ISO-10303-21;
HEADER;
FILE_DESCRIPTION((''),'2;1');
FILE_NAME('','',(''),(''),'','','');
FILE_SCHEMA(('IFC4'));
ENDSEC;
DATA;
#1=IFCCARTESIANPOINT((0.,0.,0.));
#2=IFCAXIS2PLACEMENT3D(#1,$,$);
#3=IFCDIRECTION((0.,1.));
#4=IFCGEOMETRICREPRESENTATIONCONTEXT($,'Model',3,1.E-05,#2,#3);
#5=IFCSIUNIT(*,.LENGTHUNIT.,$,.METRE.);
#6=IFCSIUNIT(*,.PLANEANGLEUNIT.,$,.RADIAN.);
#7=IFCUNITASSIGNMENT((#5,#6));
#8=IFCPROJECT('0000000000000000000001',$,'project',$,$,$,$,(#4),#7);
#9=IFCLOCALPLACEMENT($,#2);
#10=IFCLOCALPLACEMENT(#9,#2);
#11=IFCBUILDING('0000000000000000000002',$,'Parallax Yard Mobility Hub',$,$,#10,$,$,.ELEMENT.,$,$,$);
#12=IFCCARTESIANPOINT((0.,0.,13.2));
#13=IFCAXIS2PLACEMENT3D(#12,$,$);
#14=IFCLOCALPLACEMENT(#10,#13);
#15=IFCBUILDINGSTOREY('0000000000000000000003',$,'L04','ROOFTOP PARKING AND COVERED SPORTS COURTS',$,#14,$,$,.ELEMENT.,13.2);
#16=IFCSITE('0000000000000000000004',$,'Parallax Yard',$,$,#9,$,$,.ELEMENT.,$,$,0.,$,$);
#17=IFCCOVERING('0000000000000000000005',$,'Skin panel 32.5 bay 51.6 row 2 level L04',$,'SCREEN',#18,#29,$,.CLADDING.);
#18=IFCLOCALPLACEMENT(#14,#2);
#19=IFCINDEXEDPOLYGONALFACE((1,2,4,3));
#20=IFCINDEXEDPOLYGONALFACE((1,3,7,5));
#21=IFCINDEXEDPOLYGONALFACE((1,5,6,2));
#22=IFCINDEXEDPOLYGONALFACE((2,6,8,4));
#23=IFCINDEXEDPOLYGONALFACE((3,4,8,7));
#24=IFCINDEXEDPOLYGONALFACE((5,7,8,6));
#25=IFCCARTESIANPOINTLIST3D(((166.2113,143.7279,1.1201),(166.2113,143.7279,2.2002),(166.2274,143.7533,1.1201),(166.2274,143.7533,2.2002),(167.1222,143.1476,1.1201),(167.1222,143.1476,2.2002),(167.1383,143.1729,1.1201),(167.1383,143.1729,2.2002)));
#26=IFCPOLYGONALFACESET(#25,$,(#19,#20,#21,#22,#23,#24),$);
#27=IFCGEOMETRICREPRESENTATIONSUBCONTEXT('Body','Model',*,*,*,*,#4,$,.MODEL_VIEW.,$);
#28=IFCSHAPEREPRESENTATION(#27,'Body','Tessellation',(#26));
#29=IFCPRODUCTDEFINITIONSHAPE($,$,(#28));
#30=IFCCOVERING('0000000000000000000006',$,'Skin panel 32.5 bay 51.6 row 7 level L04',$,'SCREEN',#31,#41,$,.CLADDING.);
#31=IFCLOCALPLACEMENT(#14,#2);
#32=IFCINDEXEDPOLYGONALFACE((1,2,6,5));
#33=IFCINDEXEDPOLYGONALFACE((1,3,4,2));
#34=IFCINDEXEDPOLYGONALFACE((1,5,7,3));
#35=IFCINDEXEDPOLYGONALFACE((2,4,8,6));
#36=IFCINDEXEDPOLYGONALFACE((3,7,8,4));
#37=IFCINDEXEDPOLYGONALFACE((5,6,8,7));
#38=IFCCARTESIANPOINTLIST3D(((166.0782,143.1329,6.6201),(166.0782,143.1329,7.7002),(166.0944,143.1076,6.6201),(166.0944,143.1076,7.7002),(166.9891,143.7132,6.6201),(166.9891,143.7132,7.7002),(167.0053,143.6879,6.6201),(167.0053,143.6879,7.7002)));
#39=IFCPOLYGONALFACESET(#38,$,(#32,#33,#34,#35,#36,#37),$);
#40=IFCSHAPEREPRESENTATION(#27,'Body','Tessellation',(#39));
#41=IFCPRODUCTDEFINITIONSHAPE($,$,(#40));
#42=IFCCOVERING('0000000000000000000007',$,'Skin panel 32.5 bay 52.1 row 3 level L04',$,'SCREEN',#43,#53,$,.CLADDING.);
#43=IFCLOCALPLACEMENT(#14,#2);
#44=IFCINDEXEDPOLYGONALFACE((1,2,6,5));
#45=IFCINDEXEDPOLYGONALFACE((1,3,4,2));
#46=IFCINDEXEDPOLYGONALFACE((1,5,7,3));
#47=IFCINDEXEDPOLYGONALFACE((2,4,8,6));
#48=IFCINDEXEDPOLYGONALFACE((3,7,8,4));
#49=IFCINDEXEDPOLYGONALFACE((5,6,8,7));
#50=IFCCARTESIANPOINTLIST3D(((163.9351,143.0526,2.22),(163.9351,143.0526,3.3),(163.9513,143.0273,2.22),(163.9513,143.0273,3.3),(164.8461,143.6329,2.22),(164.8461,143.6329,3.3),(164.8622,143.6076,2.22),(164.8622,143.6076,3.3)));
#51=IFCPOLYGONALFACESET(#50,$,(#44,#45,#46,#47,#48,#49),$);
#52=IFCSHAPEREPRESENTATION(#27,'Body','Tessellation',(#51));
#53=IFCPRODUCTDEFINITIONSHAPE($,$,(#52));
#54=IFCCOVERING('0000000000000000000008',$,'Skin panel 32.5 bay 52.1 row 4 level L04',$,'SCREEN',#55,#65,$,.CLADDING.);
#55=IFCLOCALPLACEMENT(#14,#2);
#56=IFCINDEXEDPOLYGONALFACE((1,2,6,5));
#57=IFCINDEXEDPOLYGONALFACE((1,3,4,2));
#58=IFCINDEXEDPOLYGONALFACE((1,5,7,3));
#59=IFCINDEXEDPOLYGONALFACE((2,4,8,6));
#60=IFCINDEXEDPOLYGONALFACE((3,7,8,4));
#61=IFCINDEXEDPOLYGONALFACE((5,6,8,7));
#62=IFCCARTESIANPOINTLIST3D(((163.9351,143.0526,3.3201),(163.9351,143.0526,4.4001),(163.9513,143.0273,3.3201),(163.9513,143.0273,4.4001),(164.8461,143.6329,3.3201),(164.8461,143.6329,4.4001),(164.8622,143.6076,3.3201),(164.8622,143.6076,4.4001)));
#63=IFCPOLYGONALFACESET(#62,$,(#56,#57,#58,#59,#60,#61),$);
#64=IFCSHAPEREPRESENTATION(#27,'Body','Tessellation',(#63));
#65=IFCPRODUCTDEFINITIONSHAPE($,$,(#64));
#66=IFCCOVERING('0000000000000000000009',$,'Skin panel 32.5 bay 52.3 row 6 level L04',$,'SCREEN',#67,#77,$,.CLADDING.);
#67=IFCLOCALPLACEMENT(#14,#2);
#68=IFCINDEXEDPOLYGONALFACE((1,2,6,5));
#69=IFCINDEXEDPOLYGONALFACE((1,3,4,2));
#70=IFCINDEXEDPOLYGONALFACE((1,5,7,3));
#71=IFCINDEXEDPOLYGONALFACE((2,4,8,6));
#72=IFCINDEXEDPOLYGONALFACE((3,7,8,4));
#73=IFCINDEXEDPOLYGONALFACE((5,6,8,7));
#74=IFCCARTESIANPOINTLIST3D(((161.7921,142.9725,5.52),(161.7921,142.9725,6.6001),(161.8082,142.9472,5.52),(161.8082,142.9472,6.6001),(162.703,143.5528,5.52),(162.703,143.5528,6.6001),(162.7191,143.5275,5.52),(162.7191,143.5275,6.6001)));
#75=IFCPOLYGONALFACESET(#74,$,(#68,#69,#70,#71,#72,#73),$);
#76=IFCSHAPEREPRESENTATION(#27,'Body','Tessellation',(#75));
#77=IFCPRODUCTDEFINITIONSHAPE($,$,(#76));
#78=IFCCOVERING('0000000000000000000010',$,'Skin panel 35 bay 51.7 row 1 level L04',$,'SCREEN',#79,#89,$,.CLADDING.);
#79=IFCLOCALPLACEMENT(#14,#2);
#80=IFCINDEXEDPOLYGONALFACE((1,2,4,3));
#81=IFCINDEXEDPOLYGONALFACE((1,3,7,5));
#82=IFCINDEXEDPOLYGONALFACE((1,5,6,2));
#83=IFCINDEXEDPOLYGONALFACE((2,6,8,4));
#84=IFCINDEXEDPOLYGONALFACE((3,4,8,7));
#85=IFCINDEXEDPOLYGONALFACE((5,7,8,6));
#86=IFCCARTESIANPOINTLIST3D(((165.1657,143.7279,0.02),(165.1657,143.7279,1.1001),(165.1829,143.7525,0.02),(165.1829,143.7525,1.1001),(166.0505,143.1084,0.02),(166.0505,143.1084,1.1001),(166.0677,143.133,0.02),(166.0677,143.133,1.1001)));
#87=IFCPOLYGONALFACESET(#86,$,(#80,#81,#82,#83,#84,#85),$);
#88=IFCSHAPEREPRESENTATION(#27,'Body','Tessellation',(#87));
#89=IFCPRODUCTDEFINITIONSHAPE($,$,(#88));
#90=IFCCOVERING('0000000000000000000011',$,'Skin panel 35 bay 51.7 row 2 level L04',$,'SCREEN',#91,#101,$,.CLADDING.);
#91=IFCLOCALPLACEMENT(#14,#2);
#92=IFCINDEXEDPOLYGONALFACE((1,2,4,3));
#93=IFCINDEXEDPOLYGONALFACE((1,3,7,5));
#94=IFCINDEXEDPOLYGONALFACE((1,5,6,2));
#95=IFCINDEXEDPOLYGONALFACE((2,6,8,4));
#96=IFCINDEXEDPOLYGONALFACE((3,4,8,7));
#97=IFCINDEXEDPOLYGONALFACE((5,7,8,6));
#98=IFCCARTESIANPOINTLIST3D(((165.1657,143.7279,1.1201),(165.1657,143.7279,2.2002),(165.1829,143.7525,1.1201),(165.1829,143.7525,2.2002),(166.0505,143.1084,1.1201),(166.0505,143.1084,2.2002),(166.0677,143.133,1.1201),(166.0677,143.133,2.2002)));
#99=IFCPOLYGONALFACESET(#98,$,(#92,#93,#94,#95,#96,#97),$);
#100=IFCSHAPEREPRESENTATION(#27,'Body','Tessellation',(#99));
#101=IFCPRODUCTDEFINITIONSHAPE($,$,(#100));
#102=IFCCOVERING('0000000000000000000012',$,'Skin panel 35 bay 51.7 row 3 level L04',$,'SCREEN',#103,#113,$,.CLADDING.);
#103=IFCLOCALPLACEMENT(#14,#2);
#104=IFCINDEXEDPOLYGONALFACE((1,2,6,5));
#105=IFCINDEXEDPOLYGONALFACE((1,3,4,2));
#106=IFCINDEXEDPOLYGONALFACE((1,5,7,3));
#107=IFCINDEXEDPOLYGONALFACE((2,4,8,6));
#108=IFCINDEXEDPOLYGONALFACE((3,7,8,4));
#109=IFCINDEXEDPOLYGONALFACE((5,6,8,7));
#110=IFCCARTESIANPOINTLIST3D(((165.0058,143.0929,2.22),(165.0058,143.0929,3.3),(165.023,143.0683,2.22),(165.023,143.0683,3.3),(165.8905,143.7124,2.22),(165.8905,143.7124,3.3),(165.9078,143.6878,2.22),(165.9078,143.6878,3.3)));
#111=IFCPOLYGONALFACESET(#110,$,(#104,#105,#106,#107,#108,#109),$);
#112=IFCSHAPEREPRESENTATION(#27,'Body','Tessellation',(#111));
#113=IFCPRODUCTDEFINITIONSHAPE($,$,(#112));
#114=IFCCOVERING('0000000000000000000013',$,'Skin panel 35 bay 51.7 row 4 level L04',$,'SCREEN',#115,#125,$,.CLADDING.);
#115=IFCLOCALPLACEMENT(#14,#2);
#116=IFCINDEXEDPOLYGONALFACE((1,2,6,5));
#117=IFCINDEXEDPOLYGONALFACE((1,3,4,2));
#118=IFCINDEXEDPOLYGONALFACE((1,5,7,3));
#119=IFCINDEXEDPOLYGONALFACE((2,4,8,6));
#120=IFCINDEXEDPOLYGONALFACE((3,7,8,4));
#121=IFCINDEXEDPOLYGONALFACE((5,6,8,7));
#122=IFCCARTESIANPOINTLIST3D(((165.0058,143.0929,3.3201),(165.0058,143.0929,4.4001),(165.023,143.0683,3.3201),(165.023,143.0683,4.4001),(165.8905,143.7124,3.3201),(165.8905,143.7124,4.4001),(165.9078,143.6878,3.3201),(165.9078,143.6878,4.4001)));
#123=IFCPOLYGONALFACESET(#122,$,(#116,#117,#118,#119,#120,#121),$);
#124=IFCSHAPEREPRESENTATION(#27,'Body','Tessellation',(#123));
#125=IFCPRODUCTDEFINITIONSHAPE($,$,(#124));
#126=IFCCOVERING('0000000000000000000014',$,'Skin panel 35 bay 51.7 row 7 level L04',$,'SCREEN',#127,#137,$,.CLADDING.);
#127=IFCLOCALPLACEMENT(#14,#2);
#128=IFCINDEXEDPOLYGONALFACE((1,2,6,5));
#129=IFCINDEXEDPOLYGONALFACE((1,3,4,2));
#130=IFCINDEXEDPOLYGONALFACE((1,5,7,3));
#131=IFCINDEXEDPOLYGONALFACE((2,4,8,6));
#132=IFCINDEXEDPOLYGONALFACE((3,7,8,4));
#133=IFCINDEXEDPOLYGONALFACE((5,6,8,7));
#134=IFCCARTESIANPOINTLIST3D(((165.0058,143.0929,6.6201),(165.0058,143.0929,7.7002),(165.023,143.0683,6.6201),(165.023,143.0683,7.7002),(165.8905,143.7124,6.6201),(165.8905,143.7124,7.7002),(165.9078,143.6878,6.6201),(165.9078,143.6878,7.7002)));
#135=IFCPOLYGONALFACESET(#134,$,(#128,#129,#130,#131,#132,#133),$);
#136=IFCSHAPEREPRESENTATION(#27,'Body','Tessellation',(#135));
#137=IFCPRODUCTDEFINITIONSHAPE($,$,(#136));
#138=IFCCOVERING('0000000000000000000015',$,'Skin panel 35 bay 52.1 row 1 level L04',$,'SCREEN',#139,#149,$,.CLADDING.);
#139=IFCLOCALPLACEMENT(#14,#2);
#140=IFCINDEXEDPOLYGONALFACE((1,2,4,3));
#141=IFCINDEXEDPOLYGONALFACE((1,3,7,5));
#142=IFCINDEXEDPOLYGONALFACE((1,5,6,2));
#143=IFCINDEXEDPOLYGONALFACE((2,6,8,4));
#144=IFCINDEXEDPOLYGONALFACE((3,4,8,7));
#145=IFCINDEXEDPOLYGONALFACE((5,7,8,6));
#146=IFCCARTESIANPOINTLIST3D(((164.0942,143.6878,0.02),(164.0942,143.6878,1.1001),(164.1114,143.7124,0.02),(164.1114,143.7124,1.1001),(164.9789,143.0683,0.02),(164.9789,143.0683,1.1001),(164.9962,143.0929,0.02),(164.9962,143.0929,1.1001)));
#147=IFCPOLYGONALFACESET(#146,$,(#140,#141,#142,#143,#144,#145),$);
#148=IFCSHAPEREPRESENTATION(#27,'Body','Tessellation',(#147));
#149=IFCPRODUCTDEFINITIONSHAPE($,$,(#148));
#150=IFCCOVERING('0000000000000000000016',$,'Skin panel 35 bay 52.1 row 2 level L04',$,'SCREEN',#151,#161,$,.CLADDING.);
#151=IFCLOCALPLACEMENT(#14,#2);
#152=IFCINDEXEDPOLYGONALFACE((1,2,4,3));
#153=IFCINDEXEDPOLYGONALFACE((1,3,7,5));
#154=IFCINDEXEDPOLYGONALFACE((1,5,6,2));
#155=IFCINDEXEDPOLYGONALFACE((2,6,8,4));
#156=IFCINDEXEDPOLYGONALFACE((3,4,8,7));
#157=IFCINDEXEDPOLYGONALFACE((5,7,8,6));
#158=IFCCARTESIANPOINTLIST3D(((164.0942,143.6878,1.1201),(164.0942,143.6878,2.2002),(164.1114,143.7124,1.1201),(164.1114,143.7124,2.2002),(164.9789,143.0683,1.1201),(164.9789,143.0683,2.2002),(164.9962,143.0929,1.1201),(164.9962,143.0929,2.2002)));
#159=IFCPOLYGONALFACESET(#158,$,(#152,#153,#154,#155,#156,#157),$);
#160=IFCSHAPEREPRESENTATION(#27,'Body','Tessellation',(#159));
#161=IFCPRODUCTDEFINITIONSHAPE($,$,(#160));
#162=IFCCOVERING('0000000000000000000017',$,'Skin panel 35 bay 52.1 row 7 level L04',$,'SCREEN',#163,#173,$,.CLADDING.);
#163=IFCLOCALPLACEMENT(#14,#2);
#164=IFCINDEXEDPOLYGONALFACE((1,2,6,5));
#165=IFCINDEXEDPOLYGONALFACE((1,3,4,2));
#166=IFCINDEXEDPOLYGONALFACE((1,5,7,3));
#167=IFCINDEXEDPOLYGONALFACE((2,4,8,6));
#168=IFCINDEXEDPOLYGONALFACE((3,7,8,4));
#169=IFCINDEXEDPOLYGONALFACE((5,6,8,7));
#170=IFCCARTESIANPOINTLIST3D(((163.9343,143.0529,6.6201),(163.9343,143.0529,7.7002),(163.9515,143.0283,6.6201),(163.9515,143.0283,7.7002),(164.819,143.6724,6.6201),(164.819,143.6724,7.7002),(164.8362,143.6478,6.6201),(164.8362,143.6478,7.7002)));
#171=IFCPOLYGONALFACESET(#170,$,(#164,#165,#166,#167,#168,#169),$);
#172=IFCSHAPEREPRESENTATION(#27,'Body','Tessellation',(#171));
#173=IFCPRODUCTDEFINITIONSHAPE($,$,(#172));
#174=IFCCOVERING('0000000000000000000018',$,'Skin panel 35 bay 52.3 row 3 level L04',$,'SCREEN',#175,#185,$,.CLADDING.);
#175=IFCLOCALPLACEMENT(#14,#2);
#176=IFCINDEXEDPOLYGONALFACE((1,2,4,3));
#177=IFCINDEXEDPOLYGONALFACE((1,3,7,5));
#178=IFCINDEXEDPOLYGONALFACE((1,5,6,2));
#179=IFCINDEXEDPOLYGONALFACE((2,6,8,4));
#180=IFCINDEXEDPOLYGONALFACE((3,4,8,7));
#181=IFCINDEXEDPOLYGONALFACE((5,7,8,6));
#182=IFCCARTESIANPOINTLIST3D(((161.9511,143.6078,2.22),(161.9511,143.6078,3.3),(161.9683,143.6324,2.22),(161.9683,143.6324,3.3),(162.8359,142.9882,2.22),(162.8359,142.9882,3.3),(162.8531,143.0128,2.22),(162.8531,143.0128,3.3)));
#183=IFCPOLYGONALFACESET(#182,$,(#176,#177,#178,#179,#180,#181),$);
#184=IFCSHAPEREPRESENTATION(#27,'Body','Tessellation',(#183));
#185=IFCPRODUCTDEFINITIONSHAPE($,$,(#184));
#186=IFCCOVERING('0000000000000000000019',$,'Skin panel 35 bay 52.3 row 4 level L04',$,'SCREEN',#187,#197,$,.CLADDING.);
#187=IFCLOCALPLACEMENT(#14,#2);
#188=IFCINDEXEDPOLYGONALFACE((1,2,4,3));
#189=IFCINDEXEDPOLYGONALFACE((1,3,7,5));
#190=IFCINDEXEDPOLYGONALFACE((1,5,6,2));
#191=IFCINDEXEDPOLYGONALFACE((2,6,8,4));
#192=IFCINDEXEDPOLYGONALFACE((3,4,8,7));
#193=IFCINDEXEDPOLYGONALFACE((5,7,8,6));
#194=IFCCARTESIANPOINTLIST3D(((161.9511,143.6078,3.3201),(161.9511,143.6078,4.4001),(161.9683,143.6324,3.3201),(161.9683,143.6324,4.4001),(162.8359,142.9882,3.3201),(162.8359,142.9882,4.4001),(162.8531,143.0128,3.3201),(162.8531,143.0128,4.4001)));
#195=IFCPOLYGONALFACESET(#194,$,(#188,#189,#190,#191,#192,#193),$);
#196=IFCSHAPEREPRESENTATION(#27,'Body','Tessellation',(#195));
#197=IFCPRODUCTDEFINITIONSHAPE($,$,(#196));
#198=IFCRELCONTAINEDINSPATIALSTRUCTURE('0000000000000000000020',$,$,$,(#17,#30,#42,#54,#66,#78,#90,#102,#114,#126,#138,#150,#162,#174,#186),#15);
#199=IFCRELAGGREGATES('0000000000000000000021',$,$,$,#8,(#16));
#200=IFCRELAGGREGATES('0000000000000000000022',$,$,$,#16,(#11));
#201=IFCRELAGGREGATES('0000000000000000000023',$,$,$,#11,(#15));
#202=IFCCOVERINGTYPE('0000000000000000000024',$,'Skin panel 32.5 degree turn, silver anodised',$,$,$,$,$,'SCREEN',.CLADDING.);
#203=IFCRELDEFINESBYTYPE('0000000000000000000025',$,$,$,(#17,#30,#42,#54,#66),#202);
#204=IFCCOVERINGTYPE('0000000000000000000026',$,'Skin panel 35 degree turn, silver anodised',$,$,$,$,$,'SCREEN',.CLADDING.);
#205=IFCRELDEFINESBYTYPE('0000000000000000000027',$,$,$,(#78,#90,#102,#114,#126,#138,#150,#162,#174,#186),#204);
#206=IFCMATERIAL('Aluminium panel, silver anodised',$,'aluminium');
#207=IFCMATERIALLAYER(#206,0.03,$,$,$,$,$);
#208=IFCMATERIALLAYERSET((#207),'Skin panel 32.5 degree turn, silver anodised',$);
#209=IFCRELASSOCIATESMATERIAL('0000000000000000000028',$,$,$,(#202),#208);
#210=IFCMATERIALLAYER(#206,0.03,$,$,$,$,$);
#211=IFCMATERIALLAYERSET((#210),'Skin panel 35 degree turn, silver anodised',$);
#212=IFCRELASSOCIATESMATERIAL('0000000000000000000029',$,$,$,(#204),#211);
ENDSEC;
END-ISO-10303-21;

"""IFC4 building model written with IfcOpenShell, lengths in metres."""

from ifc_helpers import new_model, si_unit, direction, frame, origin, origin_2d, place, context, subcontext, project, spatial, rectangle, extrude, material, layer, layer_set, type_object, element, save


model = new_model("IFC4")

# Units and contexts
model_context = context("Model", 3, precision=1e-05, world=origin(), true_north=direction((0.0, 1.0)))
body_context = subcontext(model_context, "Body", "Model", "MODEL_VIEW")
ifc_project = project(units=[si_unit("LENGTHUNIT", "METRE"), si_unit("PLANEANGLEUNIT", "RADIAN")], contexts=[model_context])

# Site, building, storey
site_placement = place(None, origin())
site = spatial("IfcSite", under=ifc_project, at=site_placement, Name="Parallax Yard", CompositionType="ELEMENT", RefElevation=0.0)
building_placement = place(site_placement, origin())
building = spatial("IfcBuilding", under=site, at=building_placement, Name="Parallax Yard Mobility Hub", CompositionType="ELEMENT")
storey_placement = place(building_placement, frame((0.0, 0.0, 13.2)))
storey = spatial("IfcBuildingStorey", under=building, at=storey_placement, Name="L04", Description="ROOFTOP PARKING AND COVERED SPORTS COURTS", CompositionType="ELEMENT", Elevation=13.2)

# Coverings
ifc_material_1 = material(Name="Aluminium panel, silver anodised", Category="aluminium")
ifc_layer_1 = layer(ifc_material_1, 0.03)
ifc_layer_set_1 = layer_set([ifc_layer_1], Name="Skin panel 32.5 degree turn, silver anodised")
covering_type_1 = type_object("IfcCoveringType", Name="Skin panel 32.5 degree turn, silver anodised", ElementType="SCREEN", PredefinedType="CLADDING", material=ifc_layer_set_1)
for number, where, z_axis, x_axis, name in (
    (1, (166.6748, 143.4504, 1.1201), (0.0, 0.0, 1.0), (-0.843391, 0.5373, 0.0), "Skin panel 32.5 bay 51.6 row 2 level L04"),
    (2, (166.5417, 143.4104, 6.6201), (0.0, 0.0, 1.0), (0.843391, 0.5373, 0.0), "Skin panel 32.5 bay 51.6 row 7 level L04"),
    (3, (164.3987, 143.3301, 2.22), (0.0, 0.0, 1.0), (0.843391, 0.5373, 0.0), "Skin panel 32.5 bay 52.1 row 3 level L04"),
    (4, (164.3987, 143.3301, 3.3201), (0.0, 0.0, 1.0), (0.843391, 0.5373, 0.0), "Skin panel 32.5 bay 52.1 row 4 level L04"),
    (5, (162.2556, 143.25, 5.52), (0.0, 0.0, 1.0), (0.843391, 0.5373, 0.0), "Skin panel 32.5 bay 52.3 row 6 level L04"),
):
    element("IfcCovering", number, at=place(storey_placement, frame(where, z_axis=z_axis, x_axis=x_axis)), inside=storey, type_object=covering_type_1, Name=name, ObjectType="SCREEN", PredefinedType="CLADDING", context=body_context, shape_type="SweptSolid", body=[
        extrude(rectangle(XDim=1.0801, YDim=0.03, at=origin_2d()), origin(), (0.0, 0.0, 1.0), 1.0801),
    ])
ifc_layer_2 = layer(ifc_material_1, 0.03)
ifc_layer_set_2 = layer_set([ifc_layer_2], Name="Skin panel 35 degree turn, silver anodised")
covering_type_2 = type_object("IfcCoveringType", Name="Skin panel 35 degree turn, silver anodised", ElementType="SCREEN", PredefinedType="CLADDING", material=ifc_layer_set_2)
for number, where, z_axis, x_axis, name in (
    (6, (165.6167, 143.4304, 0.02), (0.0, 0.0, 1.0), (-0.819152, 0.573576, 0.0), "Skin panel 35 bay 51.7 row 1 level L04"),
    (7, (165.6167, 143.4304, 1.1201), (0.0, 0.0, 1.0), (-0.819152, 0.573576, 0.0), "Skin panel 35 bay 51.7 row 2 level L04"),
    (8, (165.4568, 143.3904, 2.22), (0.0, 0.0, 1.0), (0.819152, 0.573576, 0.0), "Skin panel 35 bay 51.7 row 3 level L04"),
    (9, (165.4568, 143.3904, 3.3201), (0.0, 0.0, 1.0), (0.819152, 0.573576, 0.0), "Skin panel 35 bay 51.7 row 4 level L04"),
    (10, (165.4568, 143.3904, 6.6201), (0.0, 0.0, 1.0), (0.819152, 0.573576, 0.0), "Skin panel 35 bay 51.7 row 7 level L04"),
    (11, (164.5452, 143.3904, 0.02), (0.0, 0.0, 1.0), (-0.819152, 0.573576, 0.0), "Skin panel 35 bay 52.1 row 1 level L04"),
    (12, (164.5452, 143.3904, 1.1201), (0.0, 0.0, 1.0), (-0.819152, 0.573576, 0.0), "Skin panel 35 bay 52.1 row 2 level L04"),
    (13, (164.3853, 143.3503, 6.6201), (0.0, 0.0, 1.0), (0.819152, 0.573576, 0.0), "Skin panel 35 bay 52.1 row 7 level L04"),
    (14, (162.4021, 143.3103, 2.22), (0.0, 0.0, 1.0), (-0.819152, 0.573576, 0.0), "Skin panel 35 bay 52.3 row 3 level L04"),
    (15, (162.4021, 143.3103, 3.3201), (0.0, 0.0, 1.0), (-0.819152, 0.573576, 0.0), "Skin panel 35 bay 52.3 row 4 level L04"),
):
    element("IfcCovering", number, at=place(storey_placement, frame(where, z_axis=z_axis, x_axis=x_axis)), inside=storey, type_object=covering_type_2, Name=name, ObjectType="SCREEN", PredefinedType="CLADDING", context=body_context, shape_type="SweptSolid", body=[
        extrude(rectangle(XDim=1.0801, YDim=0.03, at=origin_2d()), origin(), (0.0, 0.0, 1.0), 1.0801),
    ])

save(model, "model.ifc")
